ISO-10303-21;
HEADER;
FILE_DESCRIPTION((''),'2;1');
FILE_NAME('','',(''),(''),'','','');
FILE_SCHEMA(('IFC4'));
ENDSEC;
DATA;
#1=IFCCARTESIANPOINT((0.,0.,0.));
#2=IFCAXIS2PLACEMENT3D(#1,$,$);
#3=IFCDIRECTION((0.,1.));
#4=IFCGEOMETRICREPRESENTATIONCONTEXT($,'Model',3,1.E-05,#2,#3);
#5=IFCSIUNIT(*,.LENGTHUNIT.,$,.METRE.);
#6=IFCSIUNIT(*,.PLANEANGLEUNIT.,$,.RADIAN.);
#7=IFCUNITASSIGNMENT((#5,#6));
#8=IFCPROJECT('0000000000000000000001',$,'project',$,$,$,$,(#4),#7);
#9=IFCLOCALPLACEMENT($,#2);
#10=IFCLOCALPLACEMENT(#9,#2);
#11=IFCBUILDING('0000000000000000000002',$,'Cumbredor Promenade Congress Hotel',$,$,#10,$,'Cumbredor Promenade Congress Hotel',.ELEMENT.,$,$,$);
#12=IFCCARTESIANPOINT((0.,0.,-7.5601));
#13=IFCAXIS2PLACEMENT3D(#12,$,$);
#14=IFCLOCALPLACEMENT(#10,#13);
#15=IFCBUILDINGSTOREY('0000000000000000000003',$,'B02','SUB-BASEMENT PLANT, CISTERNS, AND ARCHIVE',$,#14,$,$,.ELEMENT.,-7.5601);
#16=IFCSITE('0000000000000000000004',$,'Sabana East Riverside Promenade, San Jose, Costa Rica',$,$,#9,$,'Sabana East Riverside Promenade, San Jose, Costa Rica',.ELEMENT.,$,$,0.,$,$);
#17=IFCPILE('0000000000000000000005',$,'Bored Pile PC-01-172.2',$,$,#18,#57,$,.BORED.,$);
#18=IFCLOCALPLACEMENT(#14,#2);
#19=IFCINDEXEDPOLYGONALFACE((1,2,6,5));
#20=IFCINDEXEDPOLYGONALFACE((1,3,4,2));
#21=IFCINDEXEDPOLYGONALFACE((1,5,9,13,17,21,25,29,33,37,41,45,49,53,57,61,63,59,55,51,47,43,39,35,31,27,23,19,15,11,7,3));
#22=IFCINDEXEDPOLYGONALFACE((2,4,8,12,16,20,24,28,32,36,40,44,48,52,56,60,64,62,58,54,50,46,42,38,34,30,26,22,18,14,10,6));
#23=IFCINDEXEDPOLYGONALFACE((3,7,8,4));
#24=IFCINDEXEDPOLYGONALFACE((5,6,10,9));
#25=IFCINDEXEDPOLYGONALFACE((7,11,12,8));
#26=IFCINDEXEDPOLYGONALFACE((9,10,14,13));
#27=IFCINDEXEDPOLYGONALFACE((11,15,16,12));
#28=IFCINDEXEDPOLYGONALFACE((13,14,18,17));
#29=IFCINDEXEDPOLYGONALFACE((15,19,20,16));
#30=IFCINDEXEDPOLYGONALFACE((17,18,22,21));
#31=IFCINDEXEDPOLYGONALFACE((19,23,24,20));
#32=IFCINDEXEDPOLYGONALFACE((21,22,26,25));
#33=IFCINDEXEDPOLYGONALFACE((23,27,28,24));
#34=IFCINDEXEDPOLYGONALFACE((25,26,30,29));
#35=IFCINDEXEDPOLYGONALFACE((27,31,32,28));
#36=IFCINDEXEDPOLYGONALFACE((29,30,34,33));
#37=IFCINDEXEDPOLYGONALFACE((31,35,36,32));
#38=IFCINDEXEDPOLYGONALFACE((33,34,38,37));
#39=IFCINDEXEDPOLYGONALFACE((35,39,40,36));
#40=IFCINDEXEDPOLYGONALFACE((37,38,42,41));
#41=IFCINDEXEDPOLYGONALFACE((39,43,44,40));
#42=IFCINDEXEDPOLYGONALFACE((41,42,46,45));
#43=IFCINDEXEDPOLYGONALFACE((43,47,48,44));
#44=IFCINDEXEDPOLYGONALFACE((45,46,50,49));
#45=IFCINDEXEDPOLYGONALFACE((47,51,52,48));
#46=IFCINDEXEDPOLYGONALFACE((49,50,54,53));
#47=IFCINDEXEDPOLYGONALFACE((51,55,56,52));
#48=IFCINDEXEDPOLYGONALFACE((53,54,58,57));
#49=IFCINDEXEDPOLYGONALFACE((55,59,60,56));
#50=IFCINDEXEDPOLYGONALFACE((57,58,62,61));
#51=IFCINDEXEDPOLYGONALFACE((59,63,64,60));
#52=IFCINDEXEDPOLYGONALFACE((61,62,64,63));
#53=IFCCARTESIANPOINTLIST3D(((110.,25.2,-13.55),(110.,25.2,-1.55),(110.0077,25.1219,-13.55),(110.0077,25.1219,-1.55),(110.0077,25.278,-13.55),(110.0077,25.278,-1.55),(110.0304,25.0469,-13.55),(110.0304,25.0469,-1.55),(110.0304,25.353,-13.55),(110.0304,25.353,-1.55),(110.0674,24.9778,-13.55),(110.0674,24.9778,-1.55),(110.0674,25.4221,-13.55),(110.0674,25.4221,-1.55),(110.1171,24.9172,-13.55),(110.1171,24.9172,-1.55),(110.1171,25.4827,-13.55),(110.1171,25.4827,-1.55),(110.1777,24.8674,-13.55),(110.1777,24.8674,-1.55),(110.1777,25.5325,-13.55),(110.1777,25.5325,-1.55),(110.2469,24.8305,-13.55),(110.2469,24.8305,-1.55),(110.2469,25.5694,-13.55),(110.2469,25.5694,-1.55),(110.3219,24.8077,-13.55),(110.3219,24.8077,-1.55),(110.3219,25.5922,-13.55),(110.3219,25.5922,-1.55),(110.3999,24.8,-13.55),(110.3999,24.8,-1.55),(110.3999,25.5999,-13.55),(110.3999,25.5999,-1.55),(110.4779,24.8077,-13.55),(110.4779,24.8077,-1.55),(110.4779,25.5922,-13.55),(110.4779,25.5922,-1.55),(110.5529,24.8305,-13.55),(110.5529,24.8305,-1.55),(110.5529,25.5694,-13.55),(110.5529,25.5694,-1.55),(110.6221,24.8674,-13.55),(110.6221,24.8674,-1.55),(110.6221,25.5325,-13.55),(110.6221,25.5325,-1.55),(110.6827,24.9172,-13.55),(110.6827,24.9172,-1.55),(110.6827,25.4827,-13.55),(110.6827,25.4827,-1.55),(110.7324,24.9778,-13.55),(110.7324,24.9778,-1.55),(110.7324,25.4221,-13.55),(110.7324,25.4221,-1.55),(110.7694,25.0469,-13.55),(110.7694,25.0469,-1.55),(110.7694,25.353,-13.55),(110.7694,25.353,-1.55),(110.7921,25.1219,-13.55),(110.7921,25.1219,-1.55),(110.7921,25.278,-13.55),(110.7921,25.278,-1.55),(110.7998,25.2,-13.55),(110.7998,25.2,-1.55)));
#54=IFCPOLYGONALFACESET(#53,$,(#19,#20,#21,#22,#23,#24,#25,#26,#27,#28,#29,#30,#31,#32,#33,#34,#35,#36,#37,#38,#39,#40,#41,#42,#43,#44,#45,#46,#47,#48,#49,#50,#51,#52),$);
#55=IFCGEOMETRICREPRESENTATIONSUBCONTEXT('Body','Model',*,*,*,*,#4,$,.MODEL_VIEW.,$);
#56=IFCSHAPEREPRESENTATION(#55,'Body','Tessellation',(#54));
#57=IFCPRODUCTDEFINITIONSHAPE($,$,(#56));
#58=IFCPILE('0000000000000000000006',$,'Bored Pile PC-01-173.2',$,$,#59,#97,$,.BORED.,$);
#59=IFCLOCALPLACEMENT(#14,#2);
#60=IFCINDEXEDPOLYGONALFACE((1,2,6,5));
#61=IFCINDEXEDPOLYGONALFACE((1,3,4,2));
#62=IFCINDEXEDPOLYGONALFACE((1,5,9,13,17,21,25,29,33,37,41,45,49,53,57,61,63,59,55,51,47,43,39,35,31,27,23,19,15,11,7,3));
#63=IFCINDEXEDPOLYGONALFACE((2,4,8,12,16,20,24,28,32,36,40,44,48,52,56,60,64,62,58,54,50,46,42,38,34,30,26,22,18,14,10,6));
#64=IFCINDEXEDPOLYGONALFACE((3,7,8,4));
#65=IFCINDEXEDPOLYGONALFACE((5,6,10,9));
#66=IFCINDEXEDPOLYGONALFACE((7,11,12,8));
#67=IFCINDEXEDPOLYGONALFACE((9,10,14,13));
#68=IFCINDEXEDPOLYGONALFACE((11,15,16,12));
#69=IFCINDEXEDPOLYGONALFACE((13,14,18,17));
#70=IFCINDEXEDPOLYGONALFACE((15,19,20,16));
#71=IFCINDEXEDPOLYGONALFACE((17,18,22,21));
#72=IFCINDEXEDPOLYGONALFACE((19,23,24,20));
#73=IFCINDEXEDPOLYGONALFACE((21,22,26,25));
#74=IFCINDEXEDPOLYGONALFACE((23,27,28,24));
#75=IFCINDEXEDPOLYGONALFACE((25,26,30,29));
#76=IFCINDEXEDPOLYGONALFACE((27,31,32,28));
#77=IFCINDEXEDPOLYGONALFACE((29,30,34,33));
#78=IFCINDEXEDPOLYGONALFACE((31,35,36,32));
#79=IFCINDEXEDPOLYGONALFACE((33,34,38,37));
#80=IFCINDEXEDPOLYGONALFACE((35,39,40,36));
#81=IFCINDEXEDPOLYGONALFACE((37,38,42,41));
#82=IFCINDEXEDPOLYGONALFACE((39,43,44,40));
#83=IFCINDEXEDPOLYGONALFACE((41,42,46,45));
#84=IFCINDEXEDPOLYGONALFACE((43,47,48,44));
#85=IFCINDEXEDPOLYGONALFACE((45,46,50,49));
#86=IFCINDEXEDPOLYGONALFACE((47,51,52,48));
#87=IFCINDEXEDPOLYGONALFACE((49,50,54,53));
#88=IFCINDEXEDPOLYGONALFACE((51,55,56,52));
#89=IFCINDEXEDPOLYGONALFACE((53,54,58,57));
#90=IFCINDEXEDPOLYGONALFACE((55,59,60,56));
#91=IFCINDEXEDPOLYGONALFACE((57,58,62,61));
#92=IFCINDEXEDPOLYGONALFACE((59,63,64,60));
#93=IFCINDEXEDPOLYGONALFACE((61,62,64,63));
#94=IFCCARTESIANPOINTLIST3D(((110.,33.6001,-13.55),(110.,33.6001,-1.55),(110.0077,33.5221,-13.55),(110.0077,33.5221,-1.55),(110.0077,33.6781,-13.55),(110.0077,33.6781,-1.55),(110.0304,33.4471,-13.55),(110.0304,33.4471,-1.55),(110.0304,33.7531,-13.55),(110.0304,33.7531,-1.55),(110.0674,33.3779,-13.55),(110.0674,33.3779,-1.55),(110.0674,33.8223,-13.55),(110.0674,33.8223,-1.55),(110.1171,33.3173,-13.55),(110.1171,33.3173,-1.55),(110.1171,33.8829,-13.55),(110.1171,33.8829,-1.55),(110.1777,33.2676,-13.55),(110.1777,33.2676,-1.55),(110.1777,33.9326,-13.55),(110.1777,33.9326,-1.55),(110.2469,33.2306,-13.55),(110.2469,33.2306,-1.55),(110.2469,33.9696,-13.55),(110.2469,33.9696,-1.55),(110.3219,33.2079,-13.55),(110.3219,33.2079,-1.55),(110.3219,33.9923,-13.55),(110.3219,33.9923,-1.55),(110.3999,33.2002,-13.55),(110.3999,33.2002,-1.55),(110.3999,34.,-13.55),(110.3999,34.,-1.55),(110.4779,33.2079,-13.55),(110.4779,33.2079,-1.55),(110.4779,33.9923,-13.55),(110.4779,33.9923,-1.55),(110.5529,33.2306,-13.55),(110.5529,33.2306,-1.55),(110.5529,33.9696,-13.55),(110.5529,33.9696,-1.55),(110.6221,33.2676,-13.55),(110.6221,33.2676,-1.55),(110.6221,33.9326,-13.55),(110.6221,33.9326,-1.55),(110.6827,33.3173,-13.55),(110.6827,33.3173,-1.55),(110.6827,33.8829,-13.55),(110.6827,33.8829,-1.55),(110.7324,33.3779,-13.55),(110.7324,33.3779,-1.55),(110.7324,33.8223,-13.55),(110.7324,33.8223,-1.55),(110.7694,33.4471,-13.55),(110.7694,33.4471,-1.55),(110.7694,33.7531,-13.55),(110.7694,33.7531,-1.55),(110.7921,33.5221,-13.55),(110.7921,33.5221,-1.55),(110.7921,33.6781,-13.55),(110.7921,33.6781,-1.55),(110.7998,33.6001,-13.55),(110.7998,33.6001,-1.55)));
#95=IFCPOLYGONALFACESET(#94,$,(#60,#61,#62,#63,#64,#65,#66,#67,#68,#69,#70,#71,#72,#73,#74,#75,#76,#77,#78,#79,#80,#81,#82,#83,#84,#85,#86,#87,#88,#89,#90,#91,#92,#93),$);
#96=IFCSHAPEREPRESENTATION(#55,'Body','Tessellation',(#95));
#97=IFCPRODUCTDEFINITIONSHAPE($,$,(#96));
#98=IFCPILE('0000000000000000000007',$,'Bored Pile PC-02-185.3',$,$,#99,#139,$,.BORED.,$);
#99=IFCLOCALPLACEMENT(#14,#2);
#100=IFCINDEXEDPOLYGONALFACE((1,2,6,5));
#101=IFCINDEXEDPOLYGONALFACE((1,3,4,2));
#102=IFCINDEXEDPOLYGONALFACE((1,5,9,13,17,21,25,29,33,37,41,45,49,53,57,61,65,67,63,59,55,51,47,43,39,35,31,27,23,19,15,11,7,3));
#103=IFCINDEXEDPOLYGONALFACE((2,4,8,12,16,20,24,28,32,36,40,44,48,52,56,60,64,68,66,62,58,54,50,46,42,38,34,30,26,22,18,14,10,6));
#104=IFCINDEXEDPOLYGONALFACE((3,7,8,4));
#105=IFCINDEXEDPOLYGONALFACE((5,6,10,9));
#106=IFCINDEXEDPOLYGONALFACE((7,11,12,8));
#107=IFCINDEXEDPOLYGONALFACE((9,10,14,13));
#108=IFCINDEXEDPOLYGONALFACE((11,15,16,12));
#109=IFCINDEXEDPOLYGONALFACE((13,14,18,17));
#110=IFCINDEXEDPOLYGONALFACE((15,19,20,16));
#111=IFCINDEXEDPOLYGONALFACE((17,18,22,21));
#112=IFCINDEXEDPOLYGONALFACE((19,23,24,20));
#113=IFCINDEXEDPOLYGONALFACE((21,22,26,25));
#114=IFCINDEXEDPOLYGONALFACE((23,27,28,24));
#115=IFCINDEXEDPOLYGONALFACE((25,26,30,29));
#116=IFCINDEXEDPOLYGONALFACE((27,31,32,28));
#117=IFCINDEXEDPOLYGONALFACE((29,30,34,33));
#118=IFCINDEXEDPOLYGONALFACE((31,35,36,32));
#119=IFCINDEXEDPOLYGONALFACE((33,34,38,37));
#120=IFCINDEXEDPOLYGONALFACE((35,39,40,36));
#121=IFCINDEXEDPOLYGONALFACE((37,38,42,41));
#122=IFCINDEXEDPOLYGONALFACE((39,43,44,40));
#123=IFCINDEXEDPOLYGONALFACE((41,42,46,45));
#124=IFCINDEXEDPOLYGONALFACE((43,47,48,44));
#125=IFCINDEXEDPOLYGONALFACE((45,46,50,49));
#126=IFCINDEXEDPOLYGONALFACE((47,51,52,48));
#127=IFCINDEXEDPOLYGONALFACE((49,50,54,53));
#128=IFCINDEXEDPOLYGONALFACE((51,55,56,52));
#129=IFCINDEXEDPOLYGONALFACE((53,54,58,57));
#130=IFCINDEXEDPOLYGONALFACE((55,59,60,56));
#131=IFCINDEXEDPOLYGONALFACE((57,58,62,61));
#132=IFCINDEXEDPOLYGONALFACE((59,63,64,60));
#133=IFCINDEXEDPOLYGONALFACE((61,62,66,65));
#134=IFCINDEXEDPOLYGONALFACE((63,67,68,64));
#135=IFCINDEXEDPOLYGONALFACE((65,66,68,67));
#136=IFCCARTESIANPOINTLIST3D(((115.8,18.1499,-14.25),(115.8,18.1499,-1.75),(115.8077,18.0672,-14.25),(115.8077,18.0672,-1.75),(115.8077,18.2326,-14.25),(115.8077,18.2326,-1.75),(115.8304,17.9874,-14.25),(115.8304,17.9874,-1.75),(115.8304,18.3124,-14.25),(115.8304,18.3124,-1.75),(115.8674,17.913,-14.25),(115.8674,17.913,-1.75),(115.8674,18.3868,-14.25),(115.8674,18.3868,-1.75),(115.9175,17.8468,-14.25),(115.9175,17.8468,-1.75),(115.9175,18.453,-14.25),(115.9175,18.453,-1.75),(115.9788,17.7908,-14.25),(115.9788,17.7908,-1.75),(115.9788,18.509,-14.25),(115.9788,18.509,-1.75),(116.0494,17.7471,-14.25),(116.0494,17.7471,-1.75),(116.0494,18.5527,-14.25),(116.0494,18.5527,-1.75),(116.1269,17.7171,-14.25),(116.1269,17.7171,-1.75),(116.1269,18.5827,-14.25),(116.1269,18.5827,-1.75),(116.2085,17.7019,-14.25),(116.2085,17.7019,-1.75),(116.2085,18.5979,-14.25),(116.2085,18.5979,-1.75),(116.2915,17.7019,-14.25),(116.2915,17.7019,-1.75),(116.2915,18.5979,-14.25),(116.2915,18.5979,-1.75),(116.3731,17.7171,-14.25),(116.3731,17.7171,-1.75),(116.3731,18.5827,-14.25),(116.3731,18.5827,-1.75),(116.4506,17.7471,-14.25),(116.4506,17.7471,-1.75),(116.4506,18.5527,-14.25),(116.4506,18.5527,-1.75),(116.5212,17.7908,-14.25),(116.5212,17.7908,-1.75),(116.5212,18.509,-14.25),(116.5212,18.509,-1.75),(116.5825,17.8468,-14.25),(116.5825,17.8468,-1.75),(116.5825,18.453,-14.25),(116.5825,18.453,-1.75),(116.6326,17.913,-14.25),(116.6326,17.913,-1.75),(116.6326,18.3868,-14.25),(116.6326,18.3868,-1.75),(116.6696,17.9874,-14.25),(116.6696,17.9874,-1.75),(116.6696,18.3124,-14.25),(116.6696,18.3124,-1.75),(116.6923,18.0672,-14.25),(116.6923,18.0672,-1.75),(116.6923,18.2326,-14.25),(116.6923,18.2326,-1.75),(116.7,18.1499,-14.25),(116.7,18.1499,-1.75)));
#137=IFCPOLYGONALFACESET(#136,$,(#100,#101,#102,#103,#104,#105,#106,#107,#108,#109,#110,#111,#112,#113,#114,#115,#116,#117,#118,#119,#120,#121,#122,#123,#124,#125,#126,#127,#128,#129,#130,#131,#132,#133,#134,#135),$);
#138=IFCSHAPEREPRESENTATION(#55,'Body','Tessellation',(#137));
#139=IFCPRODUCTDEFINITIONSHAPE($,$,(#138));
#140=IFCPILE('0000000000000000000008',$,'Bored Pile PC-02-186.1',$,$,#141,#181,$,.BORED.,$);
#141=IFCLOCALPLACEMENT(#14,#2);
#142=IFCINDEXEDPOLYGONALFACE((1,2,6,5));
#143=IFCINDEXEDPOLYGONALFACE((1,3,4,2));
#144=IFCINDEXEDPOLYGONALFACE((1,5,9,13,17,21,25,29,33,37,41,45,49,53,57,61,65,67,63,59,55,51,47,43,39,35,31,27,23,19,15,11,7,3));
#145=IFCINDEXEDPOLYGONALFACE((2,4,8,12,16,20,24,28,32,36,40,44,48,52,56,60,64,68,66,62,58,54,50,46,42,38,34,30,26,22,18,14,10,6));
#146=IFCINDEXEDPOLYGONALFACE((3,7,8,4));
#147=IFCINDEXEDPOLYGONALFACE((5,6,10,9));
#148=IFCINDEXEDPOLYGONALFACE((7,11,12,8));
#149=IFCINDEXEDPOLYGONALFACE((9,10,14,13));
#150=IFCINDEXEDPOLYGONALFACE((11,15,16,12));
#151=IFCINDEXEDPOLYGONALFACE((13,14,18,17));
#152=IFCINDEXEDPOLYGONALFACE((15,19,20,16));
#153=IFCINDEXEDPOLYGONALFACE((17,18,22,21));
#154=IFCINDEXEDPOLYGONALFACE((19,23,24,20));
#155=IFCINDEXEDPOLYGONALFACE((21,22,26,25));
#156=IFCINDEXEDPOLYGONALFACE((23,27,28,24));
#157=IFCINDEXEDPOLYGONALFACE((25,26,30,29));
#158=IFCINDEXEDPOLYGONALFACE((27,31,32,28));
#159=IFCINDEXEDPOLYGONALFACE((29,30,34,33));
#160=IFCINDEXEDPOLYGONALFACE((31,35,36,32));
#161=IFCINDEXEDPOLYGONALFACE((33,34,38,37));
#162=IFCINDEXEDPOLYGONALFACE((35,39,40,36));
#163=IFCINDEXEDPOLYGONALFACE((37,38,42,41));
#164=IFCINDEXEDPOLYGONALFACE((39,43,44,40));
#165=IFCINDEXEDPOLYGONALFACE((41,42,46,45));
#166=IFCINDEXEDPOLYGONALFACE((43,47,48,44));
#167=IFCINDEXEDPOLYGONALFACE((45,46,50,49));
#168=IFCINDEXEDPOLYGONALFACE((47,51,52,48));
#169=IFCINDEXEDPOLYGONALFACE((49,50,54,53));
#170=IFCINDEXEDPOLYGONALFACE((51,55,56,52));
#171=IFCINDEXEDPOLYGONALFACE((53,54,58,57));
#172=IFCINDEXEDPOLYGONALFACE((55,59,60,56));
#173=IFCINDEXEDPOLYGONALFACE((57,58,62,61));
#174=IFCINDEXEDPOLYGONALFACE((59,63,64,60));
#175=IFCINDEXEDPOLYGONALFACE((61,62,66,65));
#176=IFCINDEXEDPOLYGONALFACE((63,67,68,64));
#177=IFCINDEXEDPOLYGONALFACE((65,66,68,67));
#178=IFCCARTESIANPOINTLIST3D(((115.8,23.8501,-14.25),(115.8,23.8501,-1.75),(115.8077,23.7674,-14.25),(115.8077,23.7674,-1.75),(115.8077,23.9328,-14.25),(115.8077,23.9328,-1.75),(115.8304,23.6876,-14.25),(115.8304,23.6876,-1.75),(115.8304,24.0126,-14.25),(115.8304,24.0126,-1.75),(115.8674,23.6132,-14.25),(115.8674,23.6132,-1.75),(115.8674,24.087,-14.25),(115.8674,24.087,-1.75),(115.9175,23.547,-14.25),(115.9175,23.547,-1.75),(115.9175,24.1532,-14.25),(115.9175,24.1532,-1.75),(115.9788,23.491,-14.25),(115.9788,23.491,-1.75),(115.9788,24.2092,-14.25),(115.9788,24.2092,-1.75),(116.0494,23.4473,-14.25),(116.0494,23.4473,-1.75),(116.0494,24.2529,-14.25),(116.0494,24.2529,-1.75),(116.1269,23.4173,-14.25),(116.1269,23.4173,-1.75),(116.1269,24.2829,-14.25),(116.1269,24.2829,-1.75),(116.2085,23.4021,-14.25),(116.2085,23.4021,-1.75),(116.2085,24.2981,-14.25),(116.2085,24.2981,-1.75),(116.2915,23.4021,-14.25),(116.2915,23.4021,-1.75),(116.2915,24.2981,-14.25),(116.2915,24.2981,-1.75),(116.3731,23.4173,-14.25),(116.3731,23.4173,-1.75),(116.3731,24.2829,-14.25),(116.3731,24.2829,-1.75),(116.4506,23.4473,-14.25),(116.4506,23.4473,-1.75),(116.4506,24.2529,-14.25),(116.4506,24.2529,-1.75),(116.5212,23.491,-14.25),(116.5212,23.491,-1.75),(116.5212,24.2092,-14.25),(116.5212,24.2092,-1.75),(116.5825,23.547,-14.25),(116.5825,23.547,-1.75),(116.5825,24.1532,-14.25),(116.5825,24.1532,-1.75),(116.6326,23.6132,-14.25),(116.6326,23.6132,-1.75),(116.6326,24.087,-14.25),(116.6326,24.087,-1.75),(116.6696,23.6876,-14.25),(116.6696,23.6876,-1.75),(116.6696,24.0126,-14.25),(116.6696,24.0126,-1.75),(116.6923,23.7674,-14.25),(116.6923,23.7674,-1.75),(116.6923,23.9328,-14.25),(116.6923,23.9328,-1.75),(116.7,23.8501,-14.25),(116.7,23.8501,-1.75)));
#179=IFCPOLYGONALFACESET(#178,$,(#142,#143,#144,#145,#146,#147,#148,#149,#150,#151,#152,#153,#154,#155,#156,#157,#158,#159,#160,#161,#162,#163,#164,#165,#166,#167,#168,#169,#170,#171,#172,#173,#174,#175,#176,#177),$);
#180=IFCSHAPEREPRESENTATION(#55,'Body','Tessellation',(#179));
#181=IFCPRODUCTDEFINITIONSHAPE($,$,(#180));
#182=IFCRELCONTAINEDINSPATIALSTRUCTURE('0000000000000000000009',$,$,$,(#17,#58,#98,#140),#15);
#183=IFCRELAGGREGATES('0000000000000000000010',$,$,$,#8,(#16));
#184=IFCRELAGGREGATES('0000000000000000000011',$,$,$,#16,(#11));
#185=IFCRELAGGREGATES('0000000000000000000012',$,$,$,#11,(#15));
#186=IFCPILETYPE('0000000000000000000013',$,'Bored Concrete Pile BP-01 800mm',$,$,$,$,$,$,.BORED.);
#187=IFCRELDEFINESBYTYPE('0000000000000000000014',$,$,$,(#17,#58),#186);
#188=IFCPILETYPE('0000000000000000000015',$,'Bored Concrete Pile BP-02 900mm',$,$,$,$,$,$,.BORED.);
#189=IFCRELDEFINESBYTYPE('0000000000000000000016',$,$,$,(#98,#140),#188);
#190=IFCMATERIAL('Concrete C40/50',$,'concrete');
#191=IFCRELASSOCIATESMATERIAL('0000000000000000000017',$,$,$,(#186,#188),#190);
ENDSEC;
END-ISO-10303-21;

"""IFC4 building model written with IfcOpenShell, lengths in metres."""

from ifc_helpers import new_model, si_unit, direction, frame, origin, origin_2d, place, context, subcontext, project, spatial, circle, extrude, material, material_profile, profile_set, type_object, element, save


model = new_model("IFC4")

# Units and contexts
model_context = context("Model", 3, precision=1e-05, world=origin(), true_north=direction((0.0, 1.0)))
body_context = subcontext(model_context, "Body", "Model", "MODEL_VIEW")
ifc_project = project(units=[si_unit("LENGTHUNIT", "METRE"), si_unit("PLANEANGLEUNIT", "RADIAN")], contexts=[model_context])

# Site, building, storey
site_placement = place(None, origin())
site = spatial("IfcSite", under=ifc_project, at=site_placement, Name="Sabana East Riverside Promenade, San Jose, Costa Rica", LongName="Sabana East Riverside Promenade, San Jose, Costa Rica", CompositionType="ELEMENT", RefElevation=0.0)
building_placement = place(site_placement, origin())
building = spatial("IfcBuilding", under=site, at=building_placement, Name="Cumbredor Promenade Congress Hotel", LongName="Cumbredor Promenade Congress Hotel", CompositionType="ELEMENT")
storey_placement = place(building_placement, frame((0.0, 0.0, -7.5601)))
storey = spatial("IfcBuildingStorey", under=building, at=storey_placement, Name="B02", Description="SUB-BASEMENT PLANT, CISTERNS, AND ARCHIVE", CompositionType="ELEMENT", Elevation=-7.5601)

# Piles
ifc_material_1 = material(Name="Concrete C40/50", Category="concrete")
ifc_material_profile_1 = material_profile(ifc_material_1, circle(Radius=0.3999, at=origin_2d()), Name="PILE D800")
ifc_profile_set_1 = profile_set([ifc_material_profile_1], Name="Concrete C40/50")
pile_type_1 = type_object("IfcPileType", Name="Bored Concrete Pile BP-01 800mm", PredefinedType="BORED", material=ifc_profile_set_1)
for number, where, z_axis, x_axis, name in (
    (1, (110.3999, 25.2, -1.55), (0.0, 0.0, -1.0), (1.0, 0.0, 0.0), "Bored Pile PC-01-172.2"),
    (2, (110.3999, 33.6001, -1.55), (0.0, 0.0, -1.0), (1.0, 0.0, 0.0), "Bored Pile PC-01-173.2"),
):
    element("IfcPile", number, at=place(storey_placement, frame(where, z_axis=z_axis, x_axis=x_axis)), inside=storey, type_object=pile_type_1, Name=name, PredefinedType="BORED", context=body_context, shape_type="SweptSolid", body=[
        extrude(circle(Radius=0.3999, at=origin_2d()), origin(), (0.0, 0.0, 1.0), 12.0),
    ])
ifc_material_profile_2 = material_profile(ifc_material_1, circle(Radius=0.45, at=origin_2d()), Name="PILE D900")
ifc_profile_set_2 = profile_set([ifc_material_profile_2], Name="Concrete C40/50")
pile_type_2 = type_object("IfcPileType", Name="Bored Concrete Pile BP-02 900mm", PredefinedType="BORED", material=ifc_profile_set_2)
for number, where, z_axis, x_axis, name in (
    (3, (116.25, 18.1499, -1.75), (0.0, 0.0, -1.0), (1.0, 0.0, 0.0), "Bored Pile PC-02-185.3"),
    (4, (116.25, 23.8501, -1.75), (0.0, 0.0, -1.0), (1.0, 0.0, 0.0), "Bored Pile PC-02-186.1"),
):
    element("IfcPile", number, at=place(storey_placement, frame(where, z_axis=z_axis, x_axis=x_axis)), inside=storey, type_object=pile_type_2, Name=name, PredefinedType="BORED", context=body_context, shape_type="SweptSolid", body=[
        extrude(circle(Radius=0.45, at=origin_2d()), origin(), (0.0, 0.0, 1.0), 12.5),
    ])

save(model, "model.ifc")
